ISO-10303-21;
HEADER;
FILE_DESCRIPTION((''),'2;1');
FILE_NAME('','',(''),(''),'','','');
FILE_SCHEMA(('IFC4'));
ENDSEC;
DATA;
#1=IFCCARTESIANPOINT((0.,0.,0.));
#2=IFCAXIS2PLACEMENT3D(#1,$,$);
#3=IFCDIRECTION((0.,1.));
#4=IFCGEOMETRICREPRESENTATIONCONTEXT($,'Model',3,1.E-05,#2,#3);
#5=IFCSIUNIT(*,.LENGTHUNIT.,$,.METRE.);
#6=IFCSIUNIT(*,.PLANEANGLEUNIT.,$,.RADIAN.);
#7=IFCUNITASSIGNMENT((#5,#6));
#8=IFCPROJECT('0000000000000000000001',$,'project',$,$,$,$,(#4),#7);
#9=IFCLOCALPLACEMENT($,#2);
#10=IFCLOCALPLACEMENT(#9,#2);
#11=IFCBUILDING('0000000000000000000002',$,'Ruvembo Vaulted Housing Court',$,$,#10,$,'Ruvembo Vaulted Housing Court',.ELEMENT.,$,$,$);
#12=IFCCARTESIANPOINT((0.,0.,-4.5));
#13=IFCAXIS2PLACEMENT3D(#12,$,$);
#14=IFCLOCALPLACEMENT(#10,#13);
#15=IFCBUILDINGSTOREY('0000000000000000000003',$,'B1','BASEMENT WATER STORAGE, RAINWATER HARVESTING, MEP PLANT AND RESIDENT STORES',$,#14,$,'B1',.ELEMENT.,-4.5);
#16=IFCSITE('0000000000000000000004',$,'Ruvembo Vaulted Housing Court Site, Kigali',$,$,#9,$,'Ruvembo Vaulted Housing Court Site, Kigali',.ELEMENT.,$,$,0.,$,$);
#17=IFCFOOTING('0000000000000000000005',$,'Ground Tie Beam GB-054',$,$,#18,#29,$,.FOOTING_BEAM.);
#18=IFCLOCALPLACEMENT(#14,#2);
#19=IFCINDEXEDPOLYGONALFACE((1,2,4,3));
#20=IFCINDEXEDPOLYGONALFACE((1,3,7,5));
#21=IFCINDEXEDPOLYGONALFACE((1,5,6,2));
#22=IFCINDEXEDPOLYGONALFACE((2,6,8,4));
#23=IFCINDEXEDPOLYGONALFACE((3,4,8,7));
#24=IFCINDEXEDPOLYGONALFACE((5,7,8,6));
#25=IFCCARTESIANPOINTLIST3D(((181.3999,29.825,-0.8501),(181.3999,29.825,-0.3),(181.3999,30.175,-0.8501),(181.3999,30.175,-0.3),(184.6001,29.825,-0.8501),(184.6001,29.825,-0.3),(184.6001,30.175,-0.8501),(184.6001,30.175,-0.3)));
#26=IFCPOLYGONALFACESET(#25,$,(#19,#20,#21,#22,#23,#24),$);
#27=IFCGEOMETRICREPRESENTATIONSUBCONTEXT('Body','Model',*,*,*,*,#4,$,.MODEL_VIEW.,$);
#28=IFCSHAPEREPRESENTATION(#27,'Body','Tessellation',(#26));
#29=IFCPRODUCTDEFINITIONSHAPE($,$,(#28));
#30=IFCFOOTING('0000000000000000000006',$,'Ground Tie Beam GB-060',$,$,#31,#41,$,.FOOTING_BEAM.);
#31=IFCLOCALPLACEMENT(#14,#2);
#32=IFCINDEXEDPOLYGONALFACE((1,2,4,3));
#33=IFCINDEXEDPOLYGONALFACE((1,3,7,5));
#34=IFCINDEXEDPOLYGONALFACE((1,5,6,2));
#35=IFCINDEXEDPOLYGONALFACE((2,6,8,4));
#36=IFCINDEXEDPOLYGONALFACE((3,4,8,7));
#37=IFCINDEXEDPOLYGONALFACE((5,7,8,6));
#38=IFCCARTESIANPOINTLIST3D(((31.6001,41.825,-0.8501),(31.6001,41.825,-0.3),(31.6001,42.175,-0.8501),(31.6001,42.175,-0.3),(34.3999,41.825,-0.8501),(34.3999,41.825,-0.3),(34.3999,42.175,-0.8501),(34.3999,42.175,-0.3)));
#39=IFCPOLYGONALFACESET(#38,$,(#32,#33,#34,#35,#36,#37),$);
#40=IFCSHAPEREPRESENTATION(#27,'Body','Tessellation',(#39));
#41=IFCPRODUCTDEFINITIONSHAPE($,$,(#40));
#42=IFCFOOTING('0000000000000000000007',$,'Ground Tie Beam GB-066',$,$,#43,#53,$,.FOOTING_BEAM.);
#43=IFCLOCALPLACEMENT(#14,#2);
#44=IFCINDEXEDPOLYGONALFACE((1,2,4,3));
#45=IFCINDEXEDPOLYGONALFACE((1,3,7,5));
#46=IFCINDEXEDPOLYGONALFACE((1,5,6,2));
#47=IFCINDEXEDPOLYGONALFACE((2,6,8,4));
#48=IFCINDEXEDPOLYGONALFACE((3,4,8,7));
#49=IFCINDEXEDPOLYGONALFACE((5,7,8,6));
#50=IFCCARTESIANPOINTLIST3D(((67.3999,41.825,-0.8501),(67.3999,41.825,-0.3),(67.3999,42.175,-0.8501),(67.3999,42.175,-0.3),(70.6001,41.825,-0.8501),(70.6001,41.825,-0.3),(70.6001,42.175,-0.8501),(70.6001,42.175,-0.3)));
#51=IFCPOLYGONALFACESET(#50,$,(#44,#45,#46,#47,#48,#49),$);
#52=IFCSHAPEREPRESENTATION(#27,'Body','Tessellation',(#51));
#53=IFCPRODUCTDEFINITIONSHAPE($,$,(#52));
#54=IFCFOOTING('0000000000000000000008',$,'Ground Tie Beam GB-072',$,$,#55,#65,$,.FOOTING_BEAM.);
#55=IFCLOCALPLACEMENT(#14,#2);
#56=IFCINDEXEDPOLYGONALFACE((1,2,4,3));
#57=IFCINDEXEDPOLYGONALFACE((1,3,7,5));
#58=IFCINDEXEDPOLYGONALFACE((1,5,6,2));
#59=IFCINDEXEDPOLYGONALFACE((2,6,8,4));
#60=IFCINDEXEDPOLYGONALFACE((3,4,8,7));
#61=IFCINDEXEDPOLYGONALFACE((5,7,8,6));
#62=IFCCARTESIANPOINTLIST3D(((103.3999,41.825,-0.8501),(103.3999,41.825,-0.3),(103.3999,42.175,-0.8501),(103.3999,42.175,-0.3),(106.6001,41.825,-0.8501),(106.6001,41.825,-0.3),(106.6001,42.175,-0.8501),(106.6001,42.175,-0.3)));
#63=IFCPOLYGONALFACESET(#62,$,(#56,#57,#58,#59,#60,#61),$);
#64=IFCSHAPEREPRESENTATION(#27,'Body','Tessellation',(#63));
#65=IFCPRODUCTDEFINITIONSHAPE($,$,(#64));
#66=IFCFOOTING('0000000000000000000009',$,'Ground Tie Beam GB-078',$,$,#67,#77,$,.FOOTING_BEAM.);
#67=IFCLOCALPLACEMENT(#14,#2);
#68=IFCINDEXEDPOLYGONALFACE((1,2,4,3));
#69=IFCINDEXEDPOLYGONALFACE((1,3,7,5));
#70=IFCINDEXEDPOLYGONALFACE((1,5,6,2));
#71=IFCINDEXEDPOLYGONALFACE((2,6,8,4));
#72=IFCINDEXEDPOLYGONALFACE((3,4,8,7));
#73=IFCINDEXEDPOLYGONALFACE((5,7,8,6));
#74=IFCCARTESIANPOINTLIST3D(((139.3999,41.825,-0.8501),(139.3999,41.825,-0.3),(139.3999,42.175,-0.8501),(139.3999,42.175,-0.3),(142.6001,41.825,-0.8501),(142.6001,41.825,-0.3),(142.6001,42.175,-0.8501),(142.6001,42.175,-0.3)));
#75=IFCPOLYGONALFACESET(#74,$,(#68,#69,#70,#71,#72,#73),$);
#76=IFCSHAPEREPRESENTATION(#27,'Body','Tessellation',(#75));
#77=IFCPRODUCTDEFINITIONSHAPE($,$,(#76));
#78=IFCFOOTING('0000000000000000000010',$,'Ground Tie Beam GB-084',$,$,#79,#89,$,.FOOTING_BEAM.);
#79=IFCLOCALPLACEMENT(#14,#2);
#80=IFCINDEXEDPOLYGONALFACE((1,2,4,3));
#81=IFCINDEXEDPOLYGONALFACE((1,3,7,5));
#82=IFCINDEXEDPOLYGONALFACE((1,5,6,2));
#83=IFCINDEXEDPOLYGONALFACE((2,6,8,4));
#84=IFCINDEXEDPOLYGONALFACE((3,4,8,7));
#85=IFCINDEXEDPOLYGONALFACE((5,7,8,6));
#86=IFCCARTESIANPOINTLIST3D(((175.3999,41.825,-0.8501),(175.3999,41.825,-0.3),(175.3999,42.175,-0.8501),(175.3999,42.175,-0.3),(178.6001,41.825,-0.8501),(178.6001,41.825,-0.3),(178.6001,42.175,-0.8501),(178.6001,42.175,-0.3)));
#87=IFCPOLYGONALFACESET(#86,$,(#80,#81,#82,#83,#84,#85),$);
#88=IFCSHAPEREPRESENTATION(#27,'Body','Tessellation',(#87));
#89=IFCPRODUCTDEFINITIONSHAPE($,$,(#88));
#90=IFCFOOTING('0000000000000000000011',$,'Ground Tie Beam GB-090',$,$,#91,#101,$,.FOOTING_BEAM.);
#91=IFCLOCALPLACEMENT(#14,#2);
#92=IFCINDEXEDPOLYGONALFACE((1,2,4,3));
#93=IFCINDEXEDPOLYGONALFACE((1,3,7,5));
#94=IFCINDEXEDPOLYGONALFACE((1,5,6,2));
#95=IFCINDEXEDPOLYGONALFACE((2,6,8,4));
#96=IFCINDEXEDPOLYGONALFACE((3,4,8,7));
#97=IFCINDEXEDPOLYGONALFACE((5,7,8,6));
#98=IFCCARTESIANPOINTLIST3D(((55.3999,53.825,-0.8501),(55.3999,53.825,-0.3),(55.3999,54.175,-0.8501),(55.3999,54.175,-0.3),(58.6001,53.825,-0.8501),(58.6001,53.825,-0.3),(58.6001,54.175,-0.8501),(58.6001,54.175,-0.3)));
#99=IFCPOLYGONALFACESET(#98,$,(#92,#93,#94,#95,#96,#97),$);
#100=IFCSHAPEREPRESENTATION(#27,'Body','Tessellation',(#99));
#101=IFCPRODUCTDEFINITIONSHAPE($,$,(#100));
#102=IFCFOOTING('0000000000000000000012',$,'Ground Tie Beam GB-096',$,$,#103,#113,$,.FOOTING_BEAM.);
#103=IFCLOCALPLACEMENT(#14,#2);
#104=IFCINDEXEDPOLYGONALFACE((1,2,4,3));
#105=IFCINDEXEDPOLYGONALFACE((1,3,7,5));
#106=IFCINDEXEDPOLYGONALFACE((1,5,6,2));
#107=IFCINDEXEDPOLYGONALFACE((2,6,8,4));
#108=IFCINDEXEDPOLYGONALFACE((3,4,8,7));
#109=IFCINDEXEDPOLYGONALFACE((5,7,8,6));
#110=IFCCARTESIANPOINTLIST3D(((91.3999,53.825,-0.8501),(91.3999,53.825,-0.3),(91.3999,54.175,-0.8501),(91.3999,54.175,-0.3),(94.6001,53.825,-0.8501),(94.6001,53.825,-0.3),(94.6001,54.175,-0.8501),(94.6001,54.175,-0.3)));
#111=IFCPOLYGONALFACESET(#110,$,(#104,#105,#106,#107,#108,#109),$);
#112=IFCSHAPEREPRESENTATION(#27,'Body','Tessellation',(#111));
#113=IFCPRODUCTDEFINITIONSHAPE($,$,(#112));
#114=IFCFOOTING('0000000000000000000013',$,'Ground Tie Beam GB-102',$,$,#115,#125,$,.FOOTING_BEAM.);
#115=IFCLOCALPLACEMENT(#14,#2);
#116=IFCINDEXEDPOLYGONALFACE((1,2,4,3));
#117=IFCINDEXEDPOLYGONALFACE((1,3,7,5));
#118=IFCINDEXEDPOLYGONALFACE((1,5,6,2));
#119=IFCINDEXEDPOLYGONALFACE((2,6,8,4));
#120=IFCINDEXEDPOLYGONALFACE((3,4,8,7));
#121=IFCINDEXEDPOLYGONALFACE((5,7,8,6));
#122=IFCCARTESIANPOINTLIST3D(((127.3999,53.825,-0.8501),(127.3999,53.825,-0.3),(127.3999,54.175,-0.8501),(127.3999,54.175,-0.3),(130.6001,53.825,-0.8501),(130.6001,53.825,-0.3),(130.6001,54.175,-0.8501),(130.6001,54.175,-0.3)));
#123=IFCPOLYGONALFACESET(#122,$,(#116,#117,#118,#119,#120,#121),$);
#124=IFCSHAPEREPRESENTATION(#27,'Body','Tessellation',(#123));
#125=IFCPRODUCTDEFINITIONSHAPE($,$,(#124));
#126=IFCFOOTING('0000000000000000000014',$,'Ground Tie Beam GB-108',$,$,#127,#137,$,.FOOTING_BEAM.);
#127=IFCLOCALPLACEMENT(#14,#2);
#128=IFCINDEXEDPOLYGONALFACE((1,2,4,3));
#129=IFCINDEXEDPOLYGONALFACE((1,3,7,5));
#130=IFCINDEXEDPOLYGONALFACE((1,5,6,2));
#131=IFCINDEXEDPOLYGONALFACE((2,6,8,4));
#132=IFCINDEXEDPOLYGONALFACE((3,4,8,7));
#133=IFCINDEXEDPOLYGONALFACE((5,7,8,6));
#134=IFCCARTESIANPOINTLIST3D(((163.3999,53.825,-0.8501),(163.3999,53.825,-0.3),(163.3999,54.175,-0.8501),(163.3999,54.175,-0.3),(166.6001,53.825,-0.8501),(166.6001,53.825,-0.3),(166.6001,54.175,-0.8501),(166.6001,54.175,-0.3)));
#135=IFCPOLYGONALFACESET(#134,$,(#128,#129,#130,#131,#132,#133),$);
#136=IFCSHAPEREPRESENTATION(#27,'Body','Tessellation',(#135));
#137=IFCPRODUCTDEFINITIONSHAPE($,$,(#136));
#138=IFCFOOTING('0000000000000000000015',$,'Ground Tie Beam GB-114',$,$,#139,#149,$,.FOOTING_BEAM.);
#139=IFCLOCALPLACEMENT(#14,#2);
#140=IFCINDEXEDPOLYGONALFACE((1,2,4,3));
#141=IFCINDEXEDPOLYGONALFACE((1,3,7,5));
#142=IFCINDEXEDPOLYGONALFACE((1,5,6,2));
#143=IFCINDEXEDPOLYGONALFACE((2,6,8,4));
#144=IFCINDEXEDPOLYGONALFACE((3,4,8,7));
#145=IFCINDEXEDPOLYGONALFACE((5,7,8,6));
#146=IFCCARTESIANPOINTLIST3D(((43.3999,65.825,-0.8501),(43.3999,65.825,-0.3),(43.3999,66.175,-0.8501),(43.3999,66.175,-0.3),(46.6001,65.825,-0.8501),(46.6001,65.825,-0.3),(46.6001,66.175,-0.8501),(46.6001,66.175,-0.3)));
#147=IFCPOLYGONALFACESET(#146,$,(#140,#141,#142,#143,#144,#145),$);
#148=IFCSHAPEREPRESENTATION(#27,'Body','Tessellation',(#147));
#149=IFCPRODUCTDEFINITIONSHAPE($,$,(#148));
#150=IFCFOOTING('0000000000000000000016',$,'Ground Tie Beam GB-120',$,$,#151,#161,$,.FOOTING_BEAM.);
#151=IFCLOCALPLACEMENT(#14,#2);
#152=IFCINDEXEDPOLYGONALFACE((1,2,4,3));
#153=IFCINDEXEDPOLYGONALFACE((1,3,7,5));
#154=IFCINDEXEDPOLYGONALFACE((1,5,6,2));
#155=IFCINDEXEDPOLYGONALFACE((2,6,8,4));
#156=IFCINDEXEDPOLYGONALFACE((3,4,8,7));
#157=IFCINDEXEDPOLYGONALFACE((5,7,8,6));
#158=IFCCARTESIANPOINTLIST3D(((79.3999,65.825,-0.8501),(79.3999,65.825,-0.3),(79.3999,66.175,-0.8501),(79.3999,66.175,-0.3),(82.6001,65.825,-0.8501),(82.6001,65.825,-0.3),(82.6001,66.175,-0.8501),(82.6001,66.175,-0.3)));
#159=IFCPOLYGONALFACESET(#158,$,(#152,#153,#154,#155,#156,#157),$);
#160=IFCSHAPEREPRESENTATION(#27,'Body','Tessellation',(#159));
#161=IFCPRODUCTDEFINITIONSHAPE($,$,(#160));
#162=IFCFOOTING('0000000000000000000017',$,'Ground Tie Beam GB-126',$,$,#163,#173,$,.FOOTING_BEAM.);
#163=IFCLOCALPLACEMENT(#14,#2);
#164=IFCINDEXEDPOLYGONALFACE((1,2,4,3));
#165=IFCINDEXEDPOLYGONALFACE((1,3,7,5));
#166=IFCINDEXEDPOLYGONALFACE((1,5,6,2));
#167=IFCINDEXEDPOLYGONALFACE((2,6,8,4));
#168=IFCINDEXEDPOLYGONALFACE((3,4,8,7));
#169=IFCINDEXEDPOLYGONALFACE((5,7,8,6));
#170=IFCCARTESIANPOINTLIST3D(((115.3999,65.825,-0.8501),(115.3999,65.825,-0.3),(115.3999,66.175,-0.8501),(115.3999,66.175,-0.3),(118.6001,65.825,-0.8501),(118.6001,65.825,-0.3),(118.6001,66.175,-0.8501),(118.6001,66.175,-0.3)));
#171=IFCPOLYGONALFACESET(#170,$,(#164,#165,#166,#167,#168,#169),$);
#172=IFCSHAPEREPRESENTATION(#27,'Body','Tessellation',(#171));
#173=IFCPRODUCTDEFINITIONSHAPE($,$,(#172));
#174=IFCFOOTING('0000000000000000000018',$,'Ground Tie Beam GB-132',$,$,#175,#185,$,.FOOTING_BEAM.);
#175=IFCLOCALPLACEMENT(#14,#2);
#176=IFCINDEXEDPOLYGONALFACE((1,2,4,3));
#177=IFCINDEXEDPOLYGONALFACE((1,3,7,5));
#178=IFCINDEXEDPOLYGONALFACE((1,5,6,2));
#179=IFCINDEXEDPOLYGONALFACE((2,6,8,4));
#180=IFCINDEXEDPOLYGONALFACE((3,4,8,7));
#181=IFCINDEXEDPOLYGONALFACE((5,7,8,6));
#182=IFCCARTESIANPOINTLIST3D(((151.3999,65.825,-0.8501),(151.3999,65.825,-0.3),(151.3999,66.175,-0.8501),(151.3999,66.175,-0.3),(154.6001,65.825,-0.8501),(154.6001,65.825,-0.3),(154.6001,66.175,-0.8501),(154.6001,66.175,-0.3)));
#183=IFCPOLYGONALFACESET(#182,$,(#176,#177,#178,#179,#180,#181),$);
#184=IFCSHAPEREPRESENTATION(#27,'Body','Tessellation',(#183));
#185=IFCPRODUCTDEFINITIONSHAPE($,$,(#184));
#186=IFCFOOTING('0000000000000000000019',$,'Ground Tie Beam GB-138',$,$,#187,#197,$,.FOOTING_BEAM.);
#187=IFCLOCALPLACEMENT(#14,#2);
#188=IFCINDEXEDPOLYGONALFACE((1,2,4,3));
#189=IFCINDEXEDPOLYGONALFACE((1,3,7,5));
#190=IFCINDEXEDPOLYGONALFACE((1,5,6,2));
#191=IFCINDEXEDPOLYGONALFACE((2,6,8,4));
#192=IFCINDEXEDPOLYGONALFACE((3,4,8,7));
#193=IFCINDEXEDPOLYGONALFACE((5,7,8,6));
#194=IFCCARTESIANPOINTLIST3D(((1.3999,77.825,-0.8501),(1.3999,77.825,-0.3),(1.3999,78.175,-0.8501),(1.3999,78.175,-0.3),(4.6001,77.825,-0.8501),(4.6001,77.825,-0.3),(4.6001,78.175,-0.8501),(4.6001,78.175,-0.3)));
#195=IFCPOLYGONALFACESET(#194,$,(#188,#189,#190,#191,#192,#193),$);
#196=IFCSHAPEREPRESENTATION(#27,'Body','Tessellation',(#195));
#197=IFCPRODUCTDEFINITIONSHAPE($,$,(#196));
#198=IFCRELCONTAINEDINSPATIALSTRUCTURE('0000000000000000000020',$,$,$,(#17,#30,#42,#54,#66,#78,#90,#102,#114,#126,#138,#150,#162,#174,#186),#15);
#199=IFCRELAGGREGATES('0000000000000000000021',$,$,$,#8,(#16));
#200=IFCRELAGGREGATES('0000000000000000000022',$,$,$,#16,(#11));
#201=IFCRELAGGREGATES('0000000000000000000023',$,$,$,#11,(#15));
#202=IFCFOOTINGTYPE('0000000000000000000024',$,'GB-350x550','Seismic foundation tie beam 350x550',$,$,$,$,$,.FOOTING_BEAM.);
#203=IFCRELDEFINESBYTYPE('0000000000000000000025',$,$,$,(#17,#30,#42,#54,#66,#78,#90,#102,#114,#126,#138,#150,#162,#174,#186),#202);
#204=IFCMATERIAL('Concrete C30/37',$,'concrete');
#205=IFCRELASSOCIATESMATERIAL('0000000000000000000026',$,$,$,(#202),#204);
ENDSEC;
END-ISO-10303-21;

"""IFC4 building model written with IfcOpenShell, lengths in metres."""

from ifc_helpers import new_model, si_unit, direction, frame, origin, place, context, subcontext, project, spatial, polyline, outline, extrude, material, type_object, element, save


model = new_model("IFC4")

# Units and contexts
model_context = context("Model", 3, precision=1e-05, world=origin(), true_north=direction((0.0, 1.0)))
body_context = subcontext(model_context, "Body", "Model", "MODEL_VIEW")
ifc_project = project(units=[si_unit("LENGTHUNIT", "METRE"), si_unit("PLANEANGLEUNIT", "RADIAN")], contexts=[model_context])

# Site, building, storey
site_placement = place(None, origin())
site = spatial("IfcSite", under=ifc_project, at=site_placement, Name="Ruvembo Vaulted Housing Court Site, Kigali", LongName="Ruvembo Vaulted Housing Court Site, Kigali", CompositionType="ELEMENT", RefElevation=0.0)
building_placement = place(site_placement, origin())
building = spatial("IfcBuilding", under=site, at=building_placement, Name="Ruvembo Vaulted Housing Court", LongName="Ruvembo Vaulted Housing Court", CompositionType="ELEMENT")
storey_placement = place(building_placement, frame((0.0, 0.0, -4.5)))
storey = spatial("IfcBuildingStorey", under=building, at=storey_placement, Name="B1", Description="BASEMENT WATER STORAGE, RAINWATER HARVESTING, MEP PLANT AND RESIDENT STORES", LongName="B1", CompositionType="ELEMENT", Elevation=-4.5)

# Footings
ifc_material = material(Name="Concrete C30/37", Category="concrete")
footing_type = type_object("IfcFootingType", Name="GB-350x550", Description="Seismic foundation tie beam 350x550", PredefinedType="FOOTING_BEAM", material=ifc_material)
footing_1_placement = place(storey_placement, frame((0.0, 0.0, -0.8501)))
element("IfcFooting", 1, at=footing_1_placement, inside=storey, type_object=footing_type, Name="Ground Tie Beam GB-054", PredefinedType="FOOTING_BEAM", context=body_context, shape_type="SweptSolid", body=[
    extrude(outline(polyline([(181.3999, 29.825), (184.6001, 29.825), (184.6001, 30.175), (181.3999, 30.175), (181.3999, 29.825)])), origin(), (0.0, 0.0, 1.0), 0.55),
])
footing_2_placement = place(storey_placement, frame((0.0, 0.0, -0.8501)))
element("IfcFooting", 2, at=footing_2_placement, inside=storey, type_object=footing_type, Name="Ground Tie Beam GB-060", PredefinedType="FOOTING_BEAM", context=body_context, shape_type="SweptSolid", body=[
    extrude(outline(polyline([(31.6001, 41.825), (34.3999, 41.825), (34.3999, 42.175), (31.6001, 42.175), (31.6001, 41.825)])), origin(), (0.0, 0.0, 1.0), 0.55),
])
footing_3_placement = place(storey_placement, frame((0.0, 0.0, -0.8501)))
element("IfcFooting", 3, at=footing_3_placement, inside=storey, type_object=footing_type, Name="Ground Tie Beam GB-066", PredefinedType="FOOTING_BEAM", context=body_context, shape_type="SweptSolid", body=[
    extrude(outline(polyline([(67.3999, 41.825), (70.6001, 41.825), (70.6001, 42.175), (67.3999, 42.175), (67.3999, 41.825)])), origin(), (0.0, 0.0, 1.0), 0.55),
])
footing_4_placement = place(storey_placement, frame((0.0, 0.0, -0.8501)))
element("IfcFooting", 4, at=footing_4_placement, inside=storey, type_object=footing_type, Name="Ground Tie Beam GB-072", PredefinedType="FOOTING_BEAM", context=body_context, shape_type="SweptSolid", body=[
    extrude(outline(polyline([(103.3999, 41.825), (106.6001, 41.825), (106.6001, 42.175), (103.3999, 42.175), (103.3999, 41.825)])), origin(), (0.0, 0.0, 1.0), 0.55),
])
footing_5_placement = place(storey_placement, frame((0.0, 0.0, -0.8501)))
element("IfcFooting", 5, at=footing_5_placement, inside=storey, type_object=footing_type, Name="Ground Tie Beam GB-078", PredefinedType="FOOTING_BEAM", context=body_context, shape_type="SweptSolid", body=[
    extrude(outline(polyline([(139.3999, 41.825), (142.6001, 41.825), (142.6001, 42.175), (139.3999, 42.175), (139.3999, 41.825)])), origin(), (0.0, 0.0, 1.0), 0.55),
])
footing_6_placement = place(storey_placement, frame((0.0, 0.0, -0.8501)))
element("IfcFooting", 6, at=footing_6_placement, inside=storey, type_object=footing_type, Name="Ground Tie Beam GB-084", PredefinedType="FOOTING_BEAM", context=body_context, shape_type="SweptSolid", body=[
    extrude(outline(polyline([(175.3999, 41.825), (178.6001, 41.825), (178.6001, 42.175), (175.3999, 42.175), (175.3999, 41.825)])), origin(), (0.0, 0.0, 1.0), 0.55),
])
footing_7_placement = place(storey_placement, frame((0.0, 0.0, -0.8501)))
element("IfcFooting", 7, at=footing_7_placement, inside=storey, type_object=footing_type, Name="Ground Tie Beam GB-090", PredefinedType="FOOTING_BEAM", context=body_context, shape_type="SweptSolid", body=[
    extrude(outline(polyline([(55.3999, 53.825), (58.6001, 53.825), (58.6001, 54.175), (55.3999, 54.175), (55.3999, 53.825)])), origin(), (0.0, 0.0, 1.0), 0.55),
])
footing_8_placement = place(storey_placement, frame((0.0, 0.0, -0.8501)))
element("IfcFooting", 8, at=footing_8_placement, inside=storey, type_object=footing_type, Name="Ground Tie Beam GB-096", PredefinedType="FOOTING_BEAM", context=body_context, shape_type="SweptSolid", body=[
    extrude(outline(polyline([(91.3999, 53.825), (94.6001, 53.825), (94.6001, 54.175), (91.3999, 54.175), (91.3999, 53.825)])), origin(), (0.0, 0.0, 1.0), 0.55),
])
footing_9_placement = place(storey_placement, frame((0.0, 0.0, -0.8501)))
element("IfcFooting", 9, at=footing_9_placement, inside=storey, type_object=footing_type, Name="Ground Tie Beam GB-102", PredefinedType="FOOTING_BEAM", context=body_context, shape_type="SweptSolid", body=[
    extrude(outline(polyline([(127.3999, 53.825), (130.6001, 53.825), (130.6001, 54.175), (127.3999, 54.175), (127.3999, 53.825)])), origin(), (0.0, 0.0, 1.0), 0.55),
])
footing_10_placement = place(storey_placement, frame((0.0, 0.0, -0.8501)))
element("IfcFooting", 10, at=footing_10_placement, inside=storey, type_object=footing_type, Name="Ground Tie Beam GB-108", PredefinedType="FOOTING_BEAM", context=body_context, shape_type="SweptSolid", body=[
    extrude(outline(polyline([(163.3999, 53.825), (166.6001, 53.825), (166.6001, 54.175), (163.3999, 54.175), (163.3999, 53.825)])), origin(), (0.0, 0.0, 1.0), 0.55),
])
footing_11_placement = place(storey_placement, frame((0.0, 0.0, -0.8501)))
element("IfcFooting", 11, at=footing_11_placement, inside=storey, type_object=footing_type, Name="Ground Tie Beam GB-114", PredefinedType="FOOTING_BEAM", context=body_context, shape_type="SweptSolid", body=[
    extrude(outline(polyline([(43.3999, 65.825), (46.6001, 65.825), (46.6001, 66.175), (43.3999, 66.175), (43.3999, 65.825)])), origin(), (0.0, 0.0, 1.0), 0.55),
])
footing_12_placement = place(storey_placement, frame((0.0, 0.0, -0.8501)))
element("IfcFooting", 12, at=footing_12_placement, inside=storey, type_object=footing_type, Name="Ground Tie Beam GB-120", PredefinedType="FOOTING_BEAM", context=body_context, shape_type="SweptSolid", body=[
    extrude(outline(polyline([(79.3999, 65.825), (82.6001, 65.825), (82.6001, 66.175), (79.3999, 66.175), (79.3999, 65.825)])), origin(), (0.0, 0.0, 1.0), 0.55),
])
footing_13_placement = place(storey_placement, frame((0.0, 0.0, -0.8501)))
element("IfcFooting", 13, at=footing_13_placement, inside=storey, type_object=footing_type, Name="Ground Tie Beam GB-126", PredefinedType="FOOTING_BEAM", context=body_context, shape_type="SweptSolid", body=[
    extrude(outline(polyline([(115.3999, 65.825), (118.6001, 65.825), (118.6001, 66.175), (115.3999, 66.175), (115.3999, 65.825)])), origin(), (0.0, 0.0, 1.0), 0.55),
])
footing_14_placement = place(storey_placement, frame((0.0, 0.0, -0.8501)))
element("IfcFooting", 14, at=footing_14_placement, inside=storey, type_object=footing_type, Name="Ground Tie Beam GB-132", PredefinedType="FOOTING_BEAM", context=body_context, shape_type="SweptSolid", body=[
    extrude(outline(polyline([(151.3999, 65.825), (154.6001, 65.825), (154.6001, 66.175), (151.3999, 66.175), (151.3999, 65.825)])), origin(), (0.0, 0.0, 1.0), 0.55),
])
footing_15_placement = place(storey_placement, frame((0.0, 0.0, -0.8501)))
element("IfcFooting", 15, at=footing_15_placement, inside=storey, type_object=footing_type, Name="Ground Tie Beam GB-138", PredefinedType="FOOTING_BEAM", context=body_context, shape_type="SweptSolid", body=[
    extrude(outline(polyline([(1.3999, 77.825), (4.6001, 77.825), (4.6001, 78.175), (1.3999, 78.175), (1.3999, 77.825)])), origin(), (0.0, 0.0, 1.0), 0.55),
])

save(model, "model.ifc")
